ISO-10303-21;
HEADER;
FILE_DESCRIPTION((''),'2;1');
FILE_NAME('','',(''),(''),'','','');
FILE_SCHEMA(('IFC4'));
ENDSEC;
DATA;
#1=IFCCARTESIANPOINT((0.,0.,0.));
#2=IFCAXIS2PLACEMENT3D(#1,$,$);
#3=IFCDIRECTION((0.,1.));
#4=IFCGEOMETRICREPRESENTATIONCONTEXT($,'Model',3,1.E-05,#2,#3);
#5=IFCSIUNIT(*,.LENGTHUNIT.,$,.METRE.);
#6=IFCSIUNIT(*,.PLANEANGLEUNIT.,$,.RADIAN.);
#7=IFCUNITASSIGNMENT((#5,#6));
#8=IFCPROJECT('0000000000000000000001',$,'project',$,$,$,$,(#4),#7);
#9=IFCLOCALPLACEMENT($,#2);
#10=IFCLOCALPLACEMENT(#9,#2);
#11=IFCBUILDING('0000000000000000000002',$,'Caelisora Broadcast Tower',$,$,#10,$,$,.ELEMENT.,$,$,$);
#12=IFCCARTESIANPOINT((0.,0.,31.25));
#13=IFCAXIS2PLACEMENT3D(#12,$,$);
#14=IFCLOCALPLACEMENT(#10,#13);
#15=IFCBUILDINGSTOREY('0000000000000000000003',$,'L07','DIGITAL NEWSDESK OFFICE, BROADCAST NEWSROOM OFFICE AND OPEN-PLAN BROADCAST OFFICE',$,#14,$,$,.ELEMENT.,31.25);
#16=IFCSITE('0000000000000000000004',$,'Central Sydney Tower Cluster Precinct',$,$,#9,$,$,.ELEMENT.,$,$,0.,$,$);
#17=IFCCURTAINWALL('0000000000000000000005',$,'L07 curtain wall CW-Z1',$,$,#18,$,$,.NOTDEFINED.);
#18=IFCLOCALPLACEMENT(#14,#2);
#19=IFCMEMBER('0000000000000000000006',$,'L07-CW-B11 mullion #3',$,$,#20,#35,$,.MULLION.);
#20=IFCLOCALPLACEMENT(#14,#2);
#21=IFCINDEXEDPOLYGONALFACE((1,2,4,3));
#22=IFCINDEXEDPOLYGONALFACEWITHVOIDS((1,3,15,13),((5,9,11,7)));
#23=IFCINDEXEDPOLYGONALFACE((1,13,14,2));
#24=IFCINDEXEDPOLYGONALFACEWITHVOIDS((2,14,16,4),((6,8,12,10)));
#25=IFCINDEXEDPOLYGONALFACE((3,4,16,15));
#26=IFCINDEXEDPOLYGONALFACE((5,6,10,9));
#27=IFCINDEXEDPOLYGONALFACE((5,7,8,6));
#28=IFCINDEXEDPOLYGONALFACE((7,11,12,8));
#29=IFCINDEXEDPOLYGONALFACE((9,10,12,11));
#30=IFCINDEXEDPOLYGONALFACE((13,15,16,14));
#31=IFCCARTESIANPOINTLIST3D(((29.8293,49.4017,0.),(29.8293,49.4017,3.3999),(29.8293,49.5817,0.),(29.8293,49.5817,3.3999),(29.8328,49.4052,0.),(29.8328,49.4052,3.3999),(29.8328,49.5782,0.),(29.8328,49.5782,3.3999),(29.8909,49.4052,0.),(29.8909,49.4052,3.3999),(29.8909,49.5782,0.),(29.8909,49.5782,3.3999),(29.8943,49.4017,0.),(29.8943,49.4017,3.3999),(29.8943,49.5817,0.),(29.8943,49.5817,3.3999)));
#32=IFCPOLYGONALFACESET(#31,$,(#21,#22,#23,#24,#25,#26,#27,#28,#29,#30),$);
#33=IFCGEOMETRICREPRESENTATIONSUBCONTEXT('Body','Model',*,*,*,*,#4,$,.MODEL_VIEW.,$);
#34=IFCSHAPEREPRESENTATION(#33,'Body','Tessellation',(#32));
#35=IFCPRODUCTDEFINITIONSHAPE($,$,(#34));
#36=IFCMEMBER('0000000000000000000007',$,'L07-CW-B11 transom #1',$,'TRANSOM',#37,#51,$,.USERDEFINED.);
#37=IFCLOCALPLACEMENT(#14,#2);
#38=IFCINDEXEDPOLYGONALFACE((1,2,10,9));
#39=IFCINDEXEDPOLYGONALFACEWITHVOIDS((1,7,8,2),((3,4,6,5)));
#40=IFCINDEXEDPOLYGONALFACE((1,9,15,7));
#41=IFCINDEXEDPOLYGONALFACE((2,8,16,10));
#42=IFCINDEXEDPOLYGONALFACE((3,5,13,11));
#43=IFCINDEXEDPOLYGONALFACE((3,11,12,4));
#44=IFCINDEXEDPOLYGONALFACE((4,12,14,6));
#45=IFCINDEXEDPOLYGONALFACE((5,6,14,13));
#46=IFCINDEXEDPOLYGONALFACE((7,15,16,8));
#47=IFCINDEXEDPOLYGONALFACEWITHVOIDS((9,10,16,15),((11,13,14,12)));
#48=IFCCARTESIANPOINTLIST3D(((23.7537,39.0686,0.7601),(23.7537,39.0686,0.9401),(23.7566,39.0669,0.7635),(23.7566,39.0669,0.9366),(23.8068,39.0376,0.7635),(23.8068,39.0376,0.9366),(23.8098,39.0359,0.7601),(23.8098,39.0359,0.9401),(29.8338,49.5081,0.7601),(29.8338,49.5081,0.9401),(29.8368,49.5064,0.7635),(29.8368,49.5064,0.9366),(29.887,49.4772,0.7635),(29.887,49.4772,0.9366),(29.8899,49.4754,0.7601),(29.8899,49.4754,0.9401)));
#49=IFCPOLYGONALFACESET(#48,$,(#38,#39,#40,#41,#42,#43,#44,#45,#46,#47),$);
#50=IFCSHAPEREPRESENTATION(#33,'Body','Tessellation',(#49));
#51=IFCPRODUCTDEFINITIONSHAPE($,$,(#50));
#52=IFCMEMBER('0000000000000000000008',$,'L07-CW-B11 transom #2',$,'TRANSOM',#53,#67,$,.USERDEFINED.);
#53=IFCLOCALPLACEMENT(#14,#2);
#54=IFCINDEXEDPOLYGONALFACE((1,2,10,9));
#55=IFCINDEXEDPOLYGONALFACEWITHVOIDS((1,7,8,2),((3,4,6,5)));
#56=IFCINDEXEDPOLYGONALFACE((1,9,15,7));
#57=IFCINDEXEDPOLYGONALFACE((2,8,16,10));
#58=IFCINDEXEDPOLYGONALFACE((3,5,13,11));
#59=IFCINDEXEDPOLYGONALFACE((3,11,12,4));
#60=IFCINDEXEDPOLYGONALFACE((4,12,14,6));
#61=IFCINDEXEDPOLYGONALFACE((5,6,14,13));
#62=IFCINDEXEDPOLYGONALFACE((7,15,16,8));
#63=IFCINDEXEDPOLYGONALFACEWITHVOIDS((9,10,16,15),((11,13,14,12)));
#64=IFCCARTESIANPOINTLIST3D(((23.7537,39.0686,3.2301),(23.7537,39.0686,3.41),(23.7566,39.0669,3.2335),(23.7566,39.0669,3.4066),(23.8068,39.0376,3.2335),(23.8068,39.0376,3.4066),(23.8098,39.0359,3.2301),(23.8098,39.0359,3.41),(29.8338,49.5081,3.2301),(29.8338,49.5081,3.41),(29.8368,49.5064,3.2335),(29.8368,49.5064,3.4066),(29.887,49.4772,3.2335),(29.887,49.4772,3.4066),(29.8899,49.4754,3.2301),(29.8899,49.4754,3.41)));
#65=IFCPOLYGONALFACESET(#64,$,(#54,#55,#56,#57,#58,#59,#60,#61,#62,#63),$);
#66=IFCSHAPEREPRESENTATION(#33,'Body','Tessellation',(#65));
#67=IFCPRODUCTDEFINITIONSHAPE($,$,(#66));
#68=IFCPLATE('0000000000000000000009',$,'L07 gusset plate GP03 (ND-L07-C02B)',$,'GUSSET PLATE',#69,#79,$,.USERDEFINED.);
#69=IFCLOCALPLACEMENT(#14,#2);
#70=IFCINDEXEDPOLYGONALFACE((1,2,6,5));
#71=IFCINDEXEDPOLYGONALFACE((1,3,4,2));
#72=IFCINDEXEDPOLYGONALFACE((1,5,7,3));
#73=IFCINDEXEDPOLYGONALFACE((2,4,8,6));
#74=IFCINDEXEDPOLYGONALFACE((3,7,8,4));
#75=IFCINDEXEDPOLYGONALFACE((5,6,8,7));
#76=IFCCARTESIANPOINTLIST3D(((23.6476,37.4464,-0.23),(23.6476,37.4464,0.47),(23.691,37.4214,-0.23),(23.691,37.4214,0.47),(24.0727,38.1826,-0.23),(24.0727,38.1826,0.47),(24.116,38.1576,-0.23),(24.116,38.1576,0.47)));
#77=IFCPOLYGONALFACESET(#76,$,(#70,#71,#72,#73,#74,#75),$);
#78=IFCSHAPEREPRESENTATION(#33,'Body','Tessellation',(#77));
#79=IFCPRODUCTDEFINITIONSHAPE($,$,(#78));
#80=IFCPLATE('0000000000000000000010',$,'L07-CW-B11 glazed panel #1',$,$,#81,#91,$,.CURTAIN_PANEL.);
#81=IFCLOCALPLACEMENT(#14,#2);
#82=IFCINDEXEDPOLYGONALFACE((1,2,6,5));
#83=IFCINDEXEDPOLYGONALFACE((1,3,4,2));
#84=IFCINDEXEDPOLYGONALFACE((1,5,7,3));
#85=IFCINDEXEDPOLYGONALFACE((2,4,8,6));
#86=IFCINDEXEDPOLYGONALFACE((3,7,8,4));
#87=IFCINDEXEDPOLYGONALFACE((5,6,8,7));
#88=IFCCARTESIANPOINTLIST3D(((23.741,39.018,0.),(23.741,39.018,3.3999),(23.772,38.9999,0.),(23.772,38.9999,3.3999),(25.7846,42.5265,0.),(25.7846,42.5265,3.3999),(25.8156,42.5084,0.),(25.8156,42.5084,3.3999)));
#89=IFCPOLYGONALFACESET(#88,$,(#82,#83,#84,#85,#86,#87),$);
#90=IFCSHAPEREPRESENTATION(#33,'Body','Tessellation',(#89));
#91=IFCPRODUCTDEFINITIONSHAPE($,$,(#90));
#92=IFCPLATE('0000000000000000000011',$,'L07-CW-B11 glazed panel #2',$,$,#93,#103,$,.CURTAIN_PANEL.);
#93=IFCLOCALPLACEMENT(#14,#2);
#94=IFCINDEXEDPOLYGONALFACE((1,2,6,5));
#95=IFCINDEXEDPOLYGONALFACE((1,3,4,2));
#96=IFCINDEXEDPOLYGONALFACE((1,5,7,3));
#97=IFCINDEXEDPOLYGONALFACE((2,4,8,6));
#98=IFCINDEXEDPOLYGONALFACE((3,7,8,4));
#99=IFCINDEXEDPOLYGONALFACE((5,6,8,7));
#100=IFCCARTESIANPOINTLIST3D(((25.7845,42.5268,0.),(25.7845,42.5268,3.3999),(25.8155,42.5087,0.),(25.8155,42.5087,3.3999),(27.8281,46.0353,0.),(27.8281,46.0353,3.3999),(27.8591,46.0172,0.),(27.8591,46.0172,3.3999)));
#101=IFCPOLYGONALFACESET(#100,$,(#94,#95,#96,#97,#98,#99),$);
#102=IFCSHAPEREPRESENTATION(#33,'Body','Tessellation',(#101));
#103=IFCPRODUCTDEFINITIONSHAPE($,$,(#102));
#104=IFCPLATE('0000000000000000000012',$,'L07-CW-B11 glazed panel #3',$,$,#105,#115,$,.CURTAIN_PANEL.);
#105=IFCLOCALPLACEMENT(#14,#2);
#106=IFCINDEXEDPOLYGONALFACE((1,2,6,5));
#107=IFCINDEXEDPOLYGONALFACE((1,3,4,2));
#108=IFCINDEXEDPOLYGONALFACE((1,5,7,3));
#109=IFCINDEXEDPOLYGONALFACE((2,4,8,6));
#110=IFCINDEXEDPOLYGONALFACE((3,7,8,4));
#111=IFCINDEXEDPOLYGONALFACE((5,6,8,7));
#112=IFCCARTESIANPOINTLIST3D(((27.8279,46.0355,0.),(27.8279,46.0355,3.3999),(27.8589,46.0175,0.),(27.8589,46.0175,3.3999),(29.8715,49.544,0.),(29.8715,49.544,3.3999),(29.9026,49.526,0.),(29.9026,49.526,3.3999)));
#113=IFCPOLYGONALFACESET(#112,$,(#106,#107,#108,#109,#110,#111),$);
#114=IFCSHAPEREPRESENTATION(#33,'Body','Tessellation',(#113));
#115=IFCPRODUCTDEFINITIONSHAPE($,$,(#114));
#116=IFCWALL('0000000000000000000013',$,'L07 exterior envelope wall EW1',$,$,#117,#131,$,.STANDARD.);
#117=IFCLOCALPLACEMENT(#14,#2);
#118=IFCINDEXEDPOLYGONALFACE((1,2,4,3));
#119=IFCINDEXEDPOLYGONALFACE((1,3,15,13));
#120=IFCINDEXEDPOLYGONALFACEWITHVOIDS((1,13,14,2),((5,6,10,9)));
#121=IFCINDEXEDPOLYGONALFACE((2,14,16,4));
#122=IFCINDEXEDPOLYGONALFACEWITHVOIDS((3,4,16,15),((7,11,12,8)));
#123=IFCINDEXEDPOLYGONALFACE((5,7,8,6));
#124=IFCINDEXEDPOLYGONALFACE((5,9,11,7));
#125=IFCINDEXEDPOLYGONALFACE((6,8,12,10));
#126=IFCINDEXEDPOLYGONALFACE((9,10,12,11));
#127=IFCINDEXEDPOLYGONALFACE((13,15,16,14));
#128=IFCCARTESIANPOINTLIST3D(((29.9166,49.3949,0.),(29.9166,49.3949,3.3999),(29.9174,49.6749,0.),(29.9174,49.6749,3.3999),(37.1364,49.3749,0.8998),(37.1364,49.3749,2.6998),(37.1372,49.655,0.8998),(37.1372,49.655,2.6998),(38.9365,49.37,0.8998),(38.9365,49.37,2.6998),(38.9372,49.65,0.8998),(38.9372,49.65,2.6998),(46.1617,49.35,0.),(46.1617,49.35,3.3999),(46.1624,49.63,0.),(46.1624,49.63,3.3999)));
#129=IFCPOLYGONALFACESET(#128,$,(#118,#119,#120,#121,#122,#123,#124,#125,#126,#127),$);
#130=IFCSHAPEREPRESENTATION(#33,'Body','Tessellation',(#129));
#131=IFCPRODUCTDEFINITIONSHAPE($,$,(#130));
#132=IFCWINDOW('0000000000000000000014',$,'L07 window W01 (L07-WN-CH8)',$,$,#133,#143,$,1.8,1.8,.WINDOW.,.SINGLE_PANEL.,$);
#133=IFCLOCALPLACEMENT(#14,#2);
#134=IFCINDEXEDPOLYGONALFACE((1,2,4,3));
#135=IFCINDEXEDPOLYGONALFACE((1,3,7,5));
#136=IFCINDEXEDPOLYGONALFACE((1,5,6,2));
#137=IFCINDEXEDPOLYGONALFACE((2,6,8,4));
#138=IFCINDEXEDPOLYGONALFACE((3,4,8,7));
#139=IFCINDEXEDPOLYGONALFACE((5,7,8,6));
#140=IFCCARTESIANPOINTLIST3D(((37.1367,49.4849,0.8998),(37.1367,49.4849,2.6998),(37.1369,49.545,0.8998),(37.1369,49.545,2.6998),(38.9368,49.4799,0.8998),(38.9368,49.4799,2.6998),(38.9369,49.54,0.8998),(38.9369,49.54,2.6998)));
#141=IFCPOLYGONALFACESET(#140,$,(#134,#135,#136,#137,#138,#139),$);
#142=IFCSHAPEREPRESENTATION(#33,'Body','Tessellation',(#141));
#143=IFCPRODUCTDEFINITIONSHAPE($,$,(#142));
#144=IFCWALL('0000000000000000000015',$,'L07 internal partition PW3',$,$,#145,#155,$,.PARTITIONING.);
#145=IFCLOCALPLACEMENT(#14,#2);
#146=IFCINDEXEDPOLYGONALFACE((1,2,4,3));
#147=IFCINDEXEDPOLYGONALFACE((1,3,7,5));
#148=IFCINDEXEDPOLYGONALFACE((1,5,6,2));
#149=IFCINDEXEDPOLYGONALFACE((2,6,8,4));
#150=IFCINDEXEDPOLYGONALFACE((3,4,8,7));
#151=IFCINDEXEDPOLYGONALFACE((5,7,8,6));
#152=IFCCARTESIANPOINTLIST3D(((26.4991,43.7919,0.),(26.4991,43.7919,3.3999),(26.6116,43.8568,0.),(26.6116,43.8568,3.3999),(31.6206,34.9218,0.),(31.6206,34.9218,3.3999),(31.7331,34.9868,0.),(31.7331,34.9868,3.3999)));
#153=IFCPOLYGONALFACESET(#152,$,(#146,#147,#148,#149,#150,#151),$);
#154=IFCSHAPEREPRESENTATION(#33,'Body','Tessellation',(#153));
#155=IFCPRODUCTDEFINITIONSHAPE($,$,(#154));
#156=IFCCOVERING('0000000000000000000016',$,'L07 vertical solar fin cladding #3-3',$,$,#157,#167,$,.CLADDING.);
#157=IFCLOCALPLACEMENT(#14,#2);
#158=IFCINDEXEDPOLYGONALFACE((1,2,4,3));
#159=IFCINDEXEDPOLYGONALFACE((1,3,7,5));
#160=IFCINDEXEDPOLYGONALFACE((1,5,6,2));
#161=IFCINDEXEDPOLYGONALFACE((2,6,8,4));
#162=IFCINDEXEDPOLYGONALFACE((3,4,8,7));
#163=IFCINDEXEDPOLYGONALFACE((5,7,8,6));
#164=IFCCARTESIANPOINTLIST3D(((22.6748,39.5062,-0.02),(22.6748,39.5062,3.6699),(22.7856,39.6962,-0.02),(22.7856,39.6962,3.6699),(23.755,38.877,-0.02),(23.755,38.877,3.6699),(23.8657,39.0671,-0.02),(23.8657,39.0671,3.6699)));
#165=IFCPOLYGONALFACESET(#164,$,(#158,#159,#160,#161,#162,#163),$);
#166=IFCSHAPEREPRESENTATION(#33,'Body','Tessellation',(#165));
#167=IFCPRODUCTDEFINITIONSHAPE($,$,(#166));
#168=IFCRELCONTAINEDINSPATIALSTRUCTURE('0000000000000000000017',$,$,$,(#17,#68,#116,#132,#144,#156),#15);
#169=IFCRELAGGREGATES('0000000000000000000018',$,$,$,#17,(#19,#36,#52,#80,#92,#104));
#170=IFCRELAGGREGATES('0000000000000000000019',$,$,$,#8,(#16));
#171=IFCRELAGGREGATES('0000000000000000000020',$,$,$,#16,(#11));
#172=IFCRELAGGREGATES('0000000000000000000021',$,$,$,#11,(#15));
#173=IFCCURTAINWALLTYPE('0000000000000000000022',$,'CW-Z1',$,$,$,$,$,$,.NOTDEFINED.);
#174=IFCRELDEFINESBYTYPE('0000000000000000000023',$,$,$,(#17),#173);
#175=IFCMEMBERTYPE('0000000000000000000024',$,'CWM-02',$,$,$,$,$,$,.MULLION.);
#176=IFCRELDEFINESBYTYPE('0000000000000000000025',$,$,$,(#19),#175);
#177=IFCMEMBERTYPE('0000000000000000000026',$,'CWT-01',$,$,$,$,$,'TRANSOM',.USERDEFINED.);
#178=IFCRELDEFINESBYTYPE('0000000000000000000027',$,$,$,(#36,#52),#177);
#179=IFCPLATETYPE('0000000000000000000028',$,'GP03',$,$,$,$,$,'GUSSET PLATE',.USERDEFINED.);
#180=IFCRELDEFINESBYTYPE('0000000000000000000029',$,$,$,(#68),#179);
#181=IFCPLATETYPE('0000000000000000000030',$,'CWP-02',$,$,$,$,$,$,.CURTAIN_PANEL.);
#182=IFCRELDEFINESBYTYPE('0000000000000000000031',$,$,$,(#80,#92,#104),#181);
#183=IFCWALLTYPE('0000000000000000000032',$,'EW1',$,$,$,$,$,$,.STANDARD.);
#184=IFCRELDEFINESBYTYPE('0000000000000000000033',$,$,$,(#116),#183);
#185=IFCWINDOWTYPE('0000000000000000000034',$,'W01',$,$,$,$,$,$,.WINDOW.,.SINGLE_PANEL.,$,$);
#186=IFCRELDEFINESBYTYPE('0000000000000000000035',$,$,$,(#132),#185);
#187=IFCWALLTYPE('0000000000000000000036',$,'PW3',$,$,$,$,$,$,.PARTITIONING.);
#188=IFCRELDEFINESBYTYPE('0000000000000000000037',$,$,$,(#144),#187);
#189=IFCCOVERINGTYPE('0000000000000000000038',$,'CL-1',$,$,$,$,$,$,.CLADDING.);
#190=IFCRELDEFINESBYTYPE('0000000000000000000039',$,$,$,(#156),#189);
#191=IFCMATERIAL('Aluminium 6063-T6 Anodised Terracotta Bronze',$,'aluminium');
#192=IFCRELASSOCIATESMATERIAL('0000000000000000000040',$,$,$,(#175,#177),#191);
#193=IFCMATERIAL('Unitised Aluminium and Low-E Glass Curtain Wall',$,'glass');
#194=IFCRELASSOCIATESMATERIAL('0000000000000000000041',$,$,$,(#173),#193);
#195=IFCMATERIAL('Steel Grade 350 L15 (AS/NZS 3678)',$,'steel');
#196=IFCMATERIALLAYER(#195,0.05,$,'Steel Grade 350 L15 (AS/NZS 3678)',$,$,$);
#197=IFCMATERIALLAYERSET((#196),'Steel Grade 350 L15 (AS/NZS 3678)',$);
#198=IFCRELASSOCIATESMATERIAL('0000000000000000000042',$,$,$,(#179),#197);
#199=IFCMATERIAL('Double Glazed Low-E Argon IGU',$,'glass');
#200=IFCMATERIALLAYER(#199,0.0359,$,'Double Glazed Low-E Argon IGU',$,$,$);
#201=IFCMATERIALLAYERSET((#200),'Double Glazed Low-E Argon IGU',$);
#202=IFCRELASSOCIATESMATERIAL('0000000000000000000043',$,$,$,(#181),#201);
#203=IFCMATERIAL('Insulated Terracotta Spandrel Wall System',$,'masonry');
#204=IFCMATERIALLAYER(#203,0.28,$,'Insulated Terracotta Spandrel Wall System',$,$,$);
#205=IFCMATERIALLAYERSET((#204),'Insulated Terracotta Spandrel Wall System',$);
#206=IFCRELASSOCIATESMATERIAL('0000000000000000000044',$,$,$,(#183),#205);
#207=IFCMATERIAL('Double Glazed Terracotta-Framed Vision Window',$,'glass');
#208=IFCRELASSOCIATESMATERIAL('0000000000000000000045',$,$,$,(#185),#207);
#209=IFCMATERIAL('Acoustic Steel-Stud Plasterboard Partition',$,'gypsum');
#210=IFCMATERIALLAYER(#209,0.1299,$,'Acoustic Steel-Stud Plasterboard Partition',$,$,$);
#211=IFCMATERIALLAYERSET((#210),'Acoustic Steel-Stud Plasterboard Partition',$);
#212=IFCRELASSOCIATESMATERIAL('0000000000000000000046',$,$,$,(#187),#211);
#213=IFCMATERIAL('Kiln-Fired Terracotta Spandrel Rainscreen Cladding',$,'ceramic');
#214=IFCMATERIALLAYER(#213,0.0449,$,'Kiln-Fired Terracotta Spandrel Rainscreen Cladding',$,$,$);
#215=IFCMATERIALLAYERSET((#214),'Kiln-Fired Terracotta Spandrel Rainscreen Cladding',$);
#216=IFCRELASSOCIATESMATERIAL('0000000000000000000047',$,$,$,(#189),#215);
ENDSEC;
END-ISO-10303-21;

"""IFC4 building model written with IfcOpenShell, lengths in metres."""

from ifc_helpers import new_model, si_unit, direction, frame, frame_2d, origin, origin_2d, place, context, subcontext, project, spatial, rectangle, hollow_rectangle, extrude, source, transform, mapped, material, layer, layer_set, material_profile, profile_set, type_object, type_shapes, element, fill, aggregate, save


model = new_model("IFC4")

# Units and contexts
model_context = context("Model", 3, precision=1e-05, world=origin(), true_north=direction((0.0, 1.0)))
body_context = subcontext(model_context, "Body", "Model", "MODEL_VIEW")
ifc_project = project(units=[si_unit("LENGTHUNIT", "METRE"), si_unit("PLANEANGLEUNIT", "RADIAN")], contexts=[model_context])

# Site, building, storey
site_placement = place(None, origin())
site = spatial("IfcSite", under=ifc_project, at=site_placement, Name="Central Sydney Tower Cluster Precinct", CompositionType="ELEMENT", RefElevation=0.0)
building_placement = place(site_placement, origin())
building = spatial("IfcBuilding", under=site, at=building_placement, Name="Caelisora Broadcast Tower", CompositionType="ELEMENT")
storey_placement = place(building_placement, frame((0.0, 0.0, 31.25)))
storey = spatial("IfcBuildingStorey", under=building, at=storey_placement, Name="L07", Description="DIGITAL NEWSDESK OFFICE, BROADCAST NEWSROOM OFFICE AND OPEN-PLAN BROADCAST OFFICE", CompositionType="ELEMENT", Elevation=31.25)

# Shared definitions
ifc_material_1 = material(Name="Steel Grade 350 L15 (AS/NZS 3678)", Category="steel")

# Shared definitions
ifc_material_2 = material(Name="Aluminium 6063-T6 Anodised Terracotta Bronze", Category="aluminium")
ifc_material_profile_1 = material_profile(ifc_material_2, hollow_rectangle(XDim=0.0649, YDim=0.1799, WallThickness=0.0034, at=origin_2d()), Name="Aluminium 6063-T6 Anodised Terracotta Bronze")
ifc_profile_set_1 = profile_set([ifc_material_profile_1], Name="Aluminium 6063-T6 Anodised Terracotta Bronze")
member_type_1 = type_object("IfcMemberType", Name="CWM-02", PredefinedType="MULLION", material=ifc_profile_set_1)
shared_shape_1 = source(origin(), body_context, "Body", "SweptSolid", [
    extrude(hollow_rectangle(XDim=0.0649, YDim=0.1799, WallThickness=0.0034, at=origin_2d()), origin(), (0.0, 0.0, 1.0), 3.3999),
])
type_shapes(member_type_1, [shared_shape_1])

# Curtain wall, members
ifc_material_3 = material(Name="Unitised Aluminium and Low-E Glass Curtain Wall", Category="glass")
curtain_wall_type_1 = type_object("IfcCurtainWallType", Name="CW-Z1", PredefinedType="NOTDEFINED", material=ifc_material_3)
curtain_wall_1_placement = place(storey_placement, origin())
curtain_wall_1 = element("IfcCurtainWall", 1, at=curtain_wall_1_placement, inside=storey, type_object=curtain_wall_type_1, Name="L07 curtain wall CW-Z1", PredefinedType="NOTDEFINED")
member_1_placement = place(storey_placement, frame((29.8618, 49.4917, 0.0), z_axis=(0.0, 0.0, 1.0), x_axis=(1.0, 0.0, 0.0)))
member_1 = element("IfcMember", 2, at=member_1_placement, type_object=member_type_1, Name="L07-CW-B11 mullion #3", PredefinedType="MULLION", context=body_context, shape_type="MappedRepresentation", body=[
    mapped(shared_shape_1, transform((0.0, 0.0, 0.0), scale=1.0)),
])
ifc_material_profile_2 = material_profile(ifc_material_2, hollow_rectangle(XDim=0.0649, YDim=0.1799, WallThickness=0.0034, at=origin_2d()), Name="Aluminium 6063-T6 Anodised Terracotta Bronze")
ifc_profile_set_2 = profile_set([ifc_material_profile_2], Name="Aluminium 6063-T6 Anodised Terracotta Bronze")
member_type_2 = type_object("IfcMemberType", Name="CWT-01", ElementType="TRANSOM", PredefinedType="USERDEFINED", material=ifc_profile_set_2)
shared_shape_2 = source(origin(), body_context, "Body", "SweptSolid", [
    extrude(hollow_rectangle(XDim=0.0649, YDim=0.1799, WallThickness=0.0034, at=origin_2d()), origin(), (0.0, 0.0, 1.0), 12.0811),
])
type_shapes(member_type_2, [shared_shape_2])
member_2_placement = place(storey_placement, frame((23.7817, 39.0522, 0.8501), z_axis=(0.503278, 0.864125, 0.0), x_axis=(-0.864125, 0.503278, 0.0)))
member_2 = element("IfcMember", 3, at=member_2_placement, type_object=member_type_2, Name="L07-CW-B11 transom #1", ObjectType="TRANSOM", PredefinedType="USERDEFINED", context=body_context, shape_type="MappedRepresentation", body=[
    mapped(shared_shape_2, transform((0.0, 0.0, 0.0), scale=1.0)),
])
member_3_placement = place(storey_placement, frame((23.7817, 39.0522, 3.3201), z_axis=(0.503278, 0.864125, 0.0), x_axis=(-0.864125, 0.503278, 0.0)))
member_3 = element("IfcMember", 4, at=member_3_placement, type_object=member_type_2, Name="L07-CW-B11 transom #2", ObjectType="TRANSOM", PredefinedType="USERDEFINED", context=body_context, shape_type="MappedRepresentation", body=[
    mapped(shared_shape_2, transform((0.0, 0.0, 0.0), scale=1.0)),
])

# Plates
ifc_layer_1 = layer(ifc_material_1, 0.05, Name="Steel Grade 350 L15 (AS/NZS 3678)")
ifc_layer_set_1 = layer_set([ifc_layer_1], Name="Steel Grade 350 L15 (AS/NZS 3678)")
plate_type_1 = type_object("IfcPlateType", Name="GP03", ElementType="GUSSET PLATE", PredefinedType="USERDEFINED", material=ifc_layer_set_1)
shared_shape_3 = source(origin(), body_context, "Body", "SweptSolid", [
    extrude(rectangle(XDim=0.8501, YDim=0.05, at=origin_2d()), origin(), (0.0, 0.0, 1.0), 0.7),
])
type_shapes(plate_type_1, [shared_shape_3])
plate_1_placement = place(storey_placement, frame((23.8818, 37.802, -0.23), z_axis=(0.0, 0.0, 1.0), x_axis=(-0.5, -0.866025, 0.0)))
element("IfcPlate", 5, at=plate_1_placement, inside=storey, type_object=plate_type_1, Name="L07 gusset plate GP03 (ND-L07-C02B)", ObjectType="GUSSET PLATE", PredefinedType="USERDEFINED", context=body_context, shape_type="MappedRepresentation", body=[
    mapped(shared_shape_3, transform((0.0, 0.0, 0.0), scale=1.0)),
])
ifc_material_4 = material(Name="Double Glazed Low-E Argon IGU", Category="glass")
ifc_layer_2 = layer(ifc_material_4, 0.0359, Name="Double Glazed Low-E Argon IGU")
ifc_layer_set_2 = layer_set([ifc_layer_2], Name="Double Glazed Low-E Argon IGU")
plate_type_2 = type_object("IfcPlateType", Name="CWP-02", PredefinedType="CURTAIN_PANEL", material=ifc_layer_set_2)
shared_shape_4 = source(origin(), body_context, "Body", "SweptSolid", [
    extrude(rectangle(XDim=4.0603, YDim=0.0359, at=origin_2d()), origin(), (0.0, 0.0, 1.0), 3.3999),
])
type_shapes(plate_type_2, [shared_shape_4])
plate_2_placement = place(storey_placement, frame((24.7783, 40.7632, 0.0), z_axis=(0.0, 0.0, 1.0), x_axis=(0.503322, 0.864099, 0.0)))
plate_2 = element("IfcPlate", 6, at=plate_2_placement, type_object=plate_type_2, Name="L07-CW-B11 glazed panel #1", PredefinedType="CURTAIN_PANEL", context=body_context, shape_type="MappedRepresentation", body=[
    mapped(shared_shape_4, transform((0.0, 0.0, 0.0), scale=1.0)),
])
plate_3_placement = place(storey_placement, frame((26.8218, 44.272, 0.0), z_axis=(0.0, 0.0, 1.0), x_axis=(0.503322, 0.864099, 0.0)))
plate_3 = element("IfcPlate", 7, at=plate_3_placement, type_object=plate_type_2, Name="L07-CW-B11 glazed panel #2", PredefinedType="CURTAIN_PANEL", context=body_context, shape_type="MappedRepresentation", body=[
    mapped(shared_shape_4, transform((0.0, 0.0, 0.0), scale=1.0)),
])
plate_4_placement = place(storey_placement, frame((28.8652, 47.7808, 0.0), z_axis=(0.0, 0.0, 1.0), x_axis=(0.503322, 0.864099, 0.0)))
plate_4 = element("IfcPlate", 8, at=plate_4_placement, type_object=plate_type_2, Name="L07-CW-B11 glazed panel #3", PredefinedType="CURTAIN_PANEL", context=body_context, shape_type="MappedRepresentation", body=[
    mapped(shared_shape_4, transform((0.0, 0.0, 0.0), scale=1.0)),
])
aggregate(curtain_wall_1, [member_1, member_2, member_3, plate_2, plate_3, plate_4])

# Wall, opening, window
ifc_material_5 = material(Name="Insulated Terracotta Spandrel Wall System", Category="masonry")
ifc_layer_3 = layer(ifc_material_5, 0.28, Name="Insulated Terracotta Spandrel Wall System")
ifc_layer_set_3 = layer_set([ifc_layer_3], Name="Insulated Terracotta Spandrel Wall System")
wall_type_1 = type_object("IfcWallType", Name="EW1", PredefinedType="STANDARD", material=ifc_layer_set_3)
wall_1_placement = place(storey_placement, frame((29.917, 49.5349, 0.0), z_axis=(0.0, 0.0, 1.0), x_axis=(0.999996, -0.002765, 0.0)))
wall_1 = element("IfcWall", 9, at=wall_1_placement, inside=storey, type_object=wall_type_1, Name="L07 exterior envelope wall EW1", PredefinedType="STANDARD", context=body_context, shape_type="SweptSolid", body=[
    extrude(rectangle(XDim=16.2451, YDim=0.28, at=frame_2d((8.1226, 0.0))), origin(), (0.0, 0.0, 1.0), 3.3999),
])
opening_placement = place(wall_1_placement, frame((7.22, 0.0, 0.8999)))
opening = element("IfcOpeningElement", 10, at=opening_placement, cuts=wall_1, PredefinedType="OPENING", context=body_context, shape_type="SweptSolid", body=[
    extrude(rectangle(XDim=1.8, YDim=1.8, at=frame_2d((0.8999, 0.8999))), frame((0.0, 0.1521, 0.0), z_axis=(0.0, -1.0, 0.0), x_axis=(1.0, 0.0, 0.0)), (0.0, 0.0, 1.0), 0.304),
])
ifc_material_6 = material(Name="Double Glazed Terracotta-Framed Vision Window", Category="glass")
window_type = type_object("IfcWindowType", Name="W01", PartitioningType="SINGLE_PANEL", PredefinedType="WINDOW", material=ifc_material_6)
window_placement = place(opening_placement, origin())
window = element("IfcWindow", 11, at=window_placement, inside=storey, type_object=window_type, Name="L07 window W01 (L07-WN-CH8)", OverallHeight=1.8, OverallWidth=1.8, PartitioningType="SINGLE_PANEL", PredefinedType="WINDOW", context=body_context, shape_type="SweptSolid", body=[
    extrude(rectangle(XDim=1.8, YDim=1.8, at=frame_2d((0.8999, 0.8999))), frame((0.0, 0.03, 0.0), z_axis=(0.0, -1.0, 0.0), x_axis=(1.0, 0.0, 0.0)), (0.0, 0.0, 1.0), 0.0601),
])
fill(opening, window)

# Wall
ifc_material_7 = material(Name="Acoustic Steel-Stud Plasterboard Partition", Category="gypsum")
ifc_layer_4 = layer(ifc_material_7, 0.1299, Name="Acoustic Steel-Stud Plasterboard Partition")
ifc_layer_set_4 = layer_set([ifc_layer_4], Name="Acoustic Steel-Stud Plasterboard Partition")
wall_type_2 = type_object("IfcWallType", Name="PW3", PredefinedType="PARTITIONING", material=ifc_layer_set_4)
wall_2_placement = place(storey_placement, frame((26.5554, 43.8242, 0.0), z_axis=(0.0, 0.0, 1.0), x_axis=(0.500031, -0.866008, 0.0)))
element("IfcWall", 12, at=wall_2_placement, inside=storey, type_object=wall_type_2, Name="L07 internal partition PW3", PredefinedType="PARTITIONING", context=body_context, shape_type="SweptSolid", body=[
    extrude(rectangle(XDim=10.2424, YDim=0.1299, at=frame_2d((5.1211, 0.0))), origin(), (0.0, 0.0, 1.0), 3.3999),
])

# Covering
ifc_material_8 = material(Name="Kiln-Fired Terracotta Spandrel Rainscreen Cladding", Category="ceramic")
ifc_layer_5 = layer(ifc_material_8, 0.0449, Name="Kiln-Fired Terracotta Spandrel Rainscreen Cladding")
ifc_layer_set_5 = layer_set([ifc_layer_5], Name="Kiln-Fired Terracotta Spandrel Rainscreen Cladding")
covering_type = type_object("IfcCoveringType", Name="CL-1", PredefinedType="CLADDING", material=ifc_layer_set_5)
shared_shape_5 = source(origin(), body_context, "Body", "SweptSolid", [
    extrude(rectangle(XDim=0.22, YDim=1.25, at=origin_2d()), origin(), (0.0, 0.0, 1.0), 3.6899),
])
type_shapes(covering_type, [shared_shape_5])
for number, where, z_axis, x_axis, name in (
    (13, (23.2703, 39.2866, -0.02), (0.0, 0.0, 1.0), (0.503322, 0.864099, 0.0), "L07 vertical solar fin cladding #3-3"),
):
    element("IfcCovering", number, at=place(storey_placement, frame(where, z_axis=z_axis, x_axis=x_axis)), inside=storey, type_object=covering_type, Name=name, PredefinedType="CLADDING", context=body_context, shape_type="MappedRepresentation", body=[
        mapped(shared_shape_5, transform((0.0, 0.0, 0.0), scale=1.0)),
    ])

save(model, "model.ifc")
